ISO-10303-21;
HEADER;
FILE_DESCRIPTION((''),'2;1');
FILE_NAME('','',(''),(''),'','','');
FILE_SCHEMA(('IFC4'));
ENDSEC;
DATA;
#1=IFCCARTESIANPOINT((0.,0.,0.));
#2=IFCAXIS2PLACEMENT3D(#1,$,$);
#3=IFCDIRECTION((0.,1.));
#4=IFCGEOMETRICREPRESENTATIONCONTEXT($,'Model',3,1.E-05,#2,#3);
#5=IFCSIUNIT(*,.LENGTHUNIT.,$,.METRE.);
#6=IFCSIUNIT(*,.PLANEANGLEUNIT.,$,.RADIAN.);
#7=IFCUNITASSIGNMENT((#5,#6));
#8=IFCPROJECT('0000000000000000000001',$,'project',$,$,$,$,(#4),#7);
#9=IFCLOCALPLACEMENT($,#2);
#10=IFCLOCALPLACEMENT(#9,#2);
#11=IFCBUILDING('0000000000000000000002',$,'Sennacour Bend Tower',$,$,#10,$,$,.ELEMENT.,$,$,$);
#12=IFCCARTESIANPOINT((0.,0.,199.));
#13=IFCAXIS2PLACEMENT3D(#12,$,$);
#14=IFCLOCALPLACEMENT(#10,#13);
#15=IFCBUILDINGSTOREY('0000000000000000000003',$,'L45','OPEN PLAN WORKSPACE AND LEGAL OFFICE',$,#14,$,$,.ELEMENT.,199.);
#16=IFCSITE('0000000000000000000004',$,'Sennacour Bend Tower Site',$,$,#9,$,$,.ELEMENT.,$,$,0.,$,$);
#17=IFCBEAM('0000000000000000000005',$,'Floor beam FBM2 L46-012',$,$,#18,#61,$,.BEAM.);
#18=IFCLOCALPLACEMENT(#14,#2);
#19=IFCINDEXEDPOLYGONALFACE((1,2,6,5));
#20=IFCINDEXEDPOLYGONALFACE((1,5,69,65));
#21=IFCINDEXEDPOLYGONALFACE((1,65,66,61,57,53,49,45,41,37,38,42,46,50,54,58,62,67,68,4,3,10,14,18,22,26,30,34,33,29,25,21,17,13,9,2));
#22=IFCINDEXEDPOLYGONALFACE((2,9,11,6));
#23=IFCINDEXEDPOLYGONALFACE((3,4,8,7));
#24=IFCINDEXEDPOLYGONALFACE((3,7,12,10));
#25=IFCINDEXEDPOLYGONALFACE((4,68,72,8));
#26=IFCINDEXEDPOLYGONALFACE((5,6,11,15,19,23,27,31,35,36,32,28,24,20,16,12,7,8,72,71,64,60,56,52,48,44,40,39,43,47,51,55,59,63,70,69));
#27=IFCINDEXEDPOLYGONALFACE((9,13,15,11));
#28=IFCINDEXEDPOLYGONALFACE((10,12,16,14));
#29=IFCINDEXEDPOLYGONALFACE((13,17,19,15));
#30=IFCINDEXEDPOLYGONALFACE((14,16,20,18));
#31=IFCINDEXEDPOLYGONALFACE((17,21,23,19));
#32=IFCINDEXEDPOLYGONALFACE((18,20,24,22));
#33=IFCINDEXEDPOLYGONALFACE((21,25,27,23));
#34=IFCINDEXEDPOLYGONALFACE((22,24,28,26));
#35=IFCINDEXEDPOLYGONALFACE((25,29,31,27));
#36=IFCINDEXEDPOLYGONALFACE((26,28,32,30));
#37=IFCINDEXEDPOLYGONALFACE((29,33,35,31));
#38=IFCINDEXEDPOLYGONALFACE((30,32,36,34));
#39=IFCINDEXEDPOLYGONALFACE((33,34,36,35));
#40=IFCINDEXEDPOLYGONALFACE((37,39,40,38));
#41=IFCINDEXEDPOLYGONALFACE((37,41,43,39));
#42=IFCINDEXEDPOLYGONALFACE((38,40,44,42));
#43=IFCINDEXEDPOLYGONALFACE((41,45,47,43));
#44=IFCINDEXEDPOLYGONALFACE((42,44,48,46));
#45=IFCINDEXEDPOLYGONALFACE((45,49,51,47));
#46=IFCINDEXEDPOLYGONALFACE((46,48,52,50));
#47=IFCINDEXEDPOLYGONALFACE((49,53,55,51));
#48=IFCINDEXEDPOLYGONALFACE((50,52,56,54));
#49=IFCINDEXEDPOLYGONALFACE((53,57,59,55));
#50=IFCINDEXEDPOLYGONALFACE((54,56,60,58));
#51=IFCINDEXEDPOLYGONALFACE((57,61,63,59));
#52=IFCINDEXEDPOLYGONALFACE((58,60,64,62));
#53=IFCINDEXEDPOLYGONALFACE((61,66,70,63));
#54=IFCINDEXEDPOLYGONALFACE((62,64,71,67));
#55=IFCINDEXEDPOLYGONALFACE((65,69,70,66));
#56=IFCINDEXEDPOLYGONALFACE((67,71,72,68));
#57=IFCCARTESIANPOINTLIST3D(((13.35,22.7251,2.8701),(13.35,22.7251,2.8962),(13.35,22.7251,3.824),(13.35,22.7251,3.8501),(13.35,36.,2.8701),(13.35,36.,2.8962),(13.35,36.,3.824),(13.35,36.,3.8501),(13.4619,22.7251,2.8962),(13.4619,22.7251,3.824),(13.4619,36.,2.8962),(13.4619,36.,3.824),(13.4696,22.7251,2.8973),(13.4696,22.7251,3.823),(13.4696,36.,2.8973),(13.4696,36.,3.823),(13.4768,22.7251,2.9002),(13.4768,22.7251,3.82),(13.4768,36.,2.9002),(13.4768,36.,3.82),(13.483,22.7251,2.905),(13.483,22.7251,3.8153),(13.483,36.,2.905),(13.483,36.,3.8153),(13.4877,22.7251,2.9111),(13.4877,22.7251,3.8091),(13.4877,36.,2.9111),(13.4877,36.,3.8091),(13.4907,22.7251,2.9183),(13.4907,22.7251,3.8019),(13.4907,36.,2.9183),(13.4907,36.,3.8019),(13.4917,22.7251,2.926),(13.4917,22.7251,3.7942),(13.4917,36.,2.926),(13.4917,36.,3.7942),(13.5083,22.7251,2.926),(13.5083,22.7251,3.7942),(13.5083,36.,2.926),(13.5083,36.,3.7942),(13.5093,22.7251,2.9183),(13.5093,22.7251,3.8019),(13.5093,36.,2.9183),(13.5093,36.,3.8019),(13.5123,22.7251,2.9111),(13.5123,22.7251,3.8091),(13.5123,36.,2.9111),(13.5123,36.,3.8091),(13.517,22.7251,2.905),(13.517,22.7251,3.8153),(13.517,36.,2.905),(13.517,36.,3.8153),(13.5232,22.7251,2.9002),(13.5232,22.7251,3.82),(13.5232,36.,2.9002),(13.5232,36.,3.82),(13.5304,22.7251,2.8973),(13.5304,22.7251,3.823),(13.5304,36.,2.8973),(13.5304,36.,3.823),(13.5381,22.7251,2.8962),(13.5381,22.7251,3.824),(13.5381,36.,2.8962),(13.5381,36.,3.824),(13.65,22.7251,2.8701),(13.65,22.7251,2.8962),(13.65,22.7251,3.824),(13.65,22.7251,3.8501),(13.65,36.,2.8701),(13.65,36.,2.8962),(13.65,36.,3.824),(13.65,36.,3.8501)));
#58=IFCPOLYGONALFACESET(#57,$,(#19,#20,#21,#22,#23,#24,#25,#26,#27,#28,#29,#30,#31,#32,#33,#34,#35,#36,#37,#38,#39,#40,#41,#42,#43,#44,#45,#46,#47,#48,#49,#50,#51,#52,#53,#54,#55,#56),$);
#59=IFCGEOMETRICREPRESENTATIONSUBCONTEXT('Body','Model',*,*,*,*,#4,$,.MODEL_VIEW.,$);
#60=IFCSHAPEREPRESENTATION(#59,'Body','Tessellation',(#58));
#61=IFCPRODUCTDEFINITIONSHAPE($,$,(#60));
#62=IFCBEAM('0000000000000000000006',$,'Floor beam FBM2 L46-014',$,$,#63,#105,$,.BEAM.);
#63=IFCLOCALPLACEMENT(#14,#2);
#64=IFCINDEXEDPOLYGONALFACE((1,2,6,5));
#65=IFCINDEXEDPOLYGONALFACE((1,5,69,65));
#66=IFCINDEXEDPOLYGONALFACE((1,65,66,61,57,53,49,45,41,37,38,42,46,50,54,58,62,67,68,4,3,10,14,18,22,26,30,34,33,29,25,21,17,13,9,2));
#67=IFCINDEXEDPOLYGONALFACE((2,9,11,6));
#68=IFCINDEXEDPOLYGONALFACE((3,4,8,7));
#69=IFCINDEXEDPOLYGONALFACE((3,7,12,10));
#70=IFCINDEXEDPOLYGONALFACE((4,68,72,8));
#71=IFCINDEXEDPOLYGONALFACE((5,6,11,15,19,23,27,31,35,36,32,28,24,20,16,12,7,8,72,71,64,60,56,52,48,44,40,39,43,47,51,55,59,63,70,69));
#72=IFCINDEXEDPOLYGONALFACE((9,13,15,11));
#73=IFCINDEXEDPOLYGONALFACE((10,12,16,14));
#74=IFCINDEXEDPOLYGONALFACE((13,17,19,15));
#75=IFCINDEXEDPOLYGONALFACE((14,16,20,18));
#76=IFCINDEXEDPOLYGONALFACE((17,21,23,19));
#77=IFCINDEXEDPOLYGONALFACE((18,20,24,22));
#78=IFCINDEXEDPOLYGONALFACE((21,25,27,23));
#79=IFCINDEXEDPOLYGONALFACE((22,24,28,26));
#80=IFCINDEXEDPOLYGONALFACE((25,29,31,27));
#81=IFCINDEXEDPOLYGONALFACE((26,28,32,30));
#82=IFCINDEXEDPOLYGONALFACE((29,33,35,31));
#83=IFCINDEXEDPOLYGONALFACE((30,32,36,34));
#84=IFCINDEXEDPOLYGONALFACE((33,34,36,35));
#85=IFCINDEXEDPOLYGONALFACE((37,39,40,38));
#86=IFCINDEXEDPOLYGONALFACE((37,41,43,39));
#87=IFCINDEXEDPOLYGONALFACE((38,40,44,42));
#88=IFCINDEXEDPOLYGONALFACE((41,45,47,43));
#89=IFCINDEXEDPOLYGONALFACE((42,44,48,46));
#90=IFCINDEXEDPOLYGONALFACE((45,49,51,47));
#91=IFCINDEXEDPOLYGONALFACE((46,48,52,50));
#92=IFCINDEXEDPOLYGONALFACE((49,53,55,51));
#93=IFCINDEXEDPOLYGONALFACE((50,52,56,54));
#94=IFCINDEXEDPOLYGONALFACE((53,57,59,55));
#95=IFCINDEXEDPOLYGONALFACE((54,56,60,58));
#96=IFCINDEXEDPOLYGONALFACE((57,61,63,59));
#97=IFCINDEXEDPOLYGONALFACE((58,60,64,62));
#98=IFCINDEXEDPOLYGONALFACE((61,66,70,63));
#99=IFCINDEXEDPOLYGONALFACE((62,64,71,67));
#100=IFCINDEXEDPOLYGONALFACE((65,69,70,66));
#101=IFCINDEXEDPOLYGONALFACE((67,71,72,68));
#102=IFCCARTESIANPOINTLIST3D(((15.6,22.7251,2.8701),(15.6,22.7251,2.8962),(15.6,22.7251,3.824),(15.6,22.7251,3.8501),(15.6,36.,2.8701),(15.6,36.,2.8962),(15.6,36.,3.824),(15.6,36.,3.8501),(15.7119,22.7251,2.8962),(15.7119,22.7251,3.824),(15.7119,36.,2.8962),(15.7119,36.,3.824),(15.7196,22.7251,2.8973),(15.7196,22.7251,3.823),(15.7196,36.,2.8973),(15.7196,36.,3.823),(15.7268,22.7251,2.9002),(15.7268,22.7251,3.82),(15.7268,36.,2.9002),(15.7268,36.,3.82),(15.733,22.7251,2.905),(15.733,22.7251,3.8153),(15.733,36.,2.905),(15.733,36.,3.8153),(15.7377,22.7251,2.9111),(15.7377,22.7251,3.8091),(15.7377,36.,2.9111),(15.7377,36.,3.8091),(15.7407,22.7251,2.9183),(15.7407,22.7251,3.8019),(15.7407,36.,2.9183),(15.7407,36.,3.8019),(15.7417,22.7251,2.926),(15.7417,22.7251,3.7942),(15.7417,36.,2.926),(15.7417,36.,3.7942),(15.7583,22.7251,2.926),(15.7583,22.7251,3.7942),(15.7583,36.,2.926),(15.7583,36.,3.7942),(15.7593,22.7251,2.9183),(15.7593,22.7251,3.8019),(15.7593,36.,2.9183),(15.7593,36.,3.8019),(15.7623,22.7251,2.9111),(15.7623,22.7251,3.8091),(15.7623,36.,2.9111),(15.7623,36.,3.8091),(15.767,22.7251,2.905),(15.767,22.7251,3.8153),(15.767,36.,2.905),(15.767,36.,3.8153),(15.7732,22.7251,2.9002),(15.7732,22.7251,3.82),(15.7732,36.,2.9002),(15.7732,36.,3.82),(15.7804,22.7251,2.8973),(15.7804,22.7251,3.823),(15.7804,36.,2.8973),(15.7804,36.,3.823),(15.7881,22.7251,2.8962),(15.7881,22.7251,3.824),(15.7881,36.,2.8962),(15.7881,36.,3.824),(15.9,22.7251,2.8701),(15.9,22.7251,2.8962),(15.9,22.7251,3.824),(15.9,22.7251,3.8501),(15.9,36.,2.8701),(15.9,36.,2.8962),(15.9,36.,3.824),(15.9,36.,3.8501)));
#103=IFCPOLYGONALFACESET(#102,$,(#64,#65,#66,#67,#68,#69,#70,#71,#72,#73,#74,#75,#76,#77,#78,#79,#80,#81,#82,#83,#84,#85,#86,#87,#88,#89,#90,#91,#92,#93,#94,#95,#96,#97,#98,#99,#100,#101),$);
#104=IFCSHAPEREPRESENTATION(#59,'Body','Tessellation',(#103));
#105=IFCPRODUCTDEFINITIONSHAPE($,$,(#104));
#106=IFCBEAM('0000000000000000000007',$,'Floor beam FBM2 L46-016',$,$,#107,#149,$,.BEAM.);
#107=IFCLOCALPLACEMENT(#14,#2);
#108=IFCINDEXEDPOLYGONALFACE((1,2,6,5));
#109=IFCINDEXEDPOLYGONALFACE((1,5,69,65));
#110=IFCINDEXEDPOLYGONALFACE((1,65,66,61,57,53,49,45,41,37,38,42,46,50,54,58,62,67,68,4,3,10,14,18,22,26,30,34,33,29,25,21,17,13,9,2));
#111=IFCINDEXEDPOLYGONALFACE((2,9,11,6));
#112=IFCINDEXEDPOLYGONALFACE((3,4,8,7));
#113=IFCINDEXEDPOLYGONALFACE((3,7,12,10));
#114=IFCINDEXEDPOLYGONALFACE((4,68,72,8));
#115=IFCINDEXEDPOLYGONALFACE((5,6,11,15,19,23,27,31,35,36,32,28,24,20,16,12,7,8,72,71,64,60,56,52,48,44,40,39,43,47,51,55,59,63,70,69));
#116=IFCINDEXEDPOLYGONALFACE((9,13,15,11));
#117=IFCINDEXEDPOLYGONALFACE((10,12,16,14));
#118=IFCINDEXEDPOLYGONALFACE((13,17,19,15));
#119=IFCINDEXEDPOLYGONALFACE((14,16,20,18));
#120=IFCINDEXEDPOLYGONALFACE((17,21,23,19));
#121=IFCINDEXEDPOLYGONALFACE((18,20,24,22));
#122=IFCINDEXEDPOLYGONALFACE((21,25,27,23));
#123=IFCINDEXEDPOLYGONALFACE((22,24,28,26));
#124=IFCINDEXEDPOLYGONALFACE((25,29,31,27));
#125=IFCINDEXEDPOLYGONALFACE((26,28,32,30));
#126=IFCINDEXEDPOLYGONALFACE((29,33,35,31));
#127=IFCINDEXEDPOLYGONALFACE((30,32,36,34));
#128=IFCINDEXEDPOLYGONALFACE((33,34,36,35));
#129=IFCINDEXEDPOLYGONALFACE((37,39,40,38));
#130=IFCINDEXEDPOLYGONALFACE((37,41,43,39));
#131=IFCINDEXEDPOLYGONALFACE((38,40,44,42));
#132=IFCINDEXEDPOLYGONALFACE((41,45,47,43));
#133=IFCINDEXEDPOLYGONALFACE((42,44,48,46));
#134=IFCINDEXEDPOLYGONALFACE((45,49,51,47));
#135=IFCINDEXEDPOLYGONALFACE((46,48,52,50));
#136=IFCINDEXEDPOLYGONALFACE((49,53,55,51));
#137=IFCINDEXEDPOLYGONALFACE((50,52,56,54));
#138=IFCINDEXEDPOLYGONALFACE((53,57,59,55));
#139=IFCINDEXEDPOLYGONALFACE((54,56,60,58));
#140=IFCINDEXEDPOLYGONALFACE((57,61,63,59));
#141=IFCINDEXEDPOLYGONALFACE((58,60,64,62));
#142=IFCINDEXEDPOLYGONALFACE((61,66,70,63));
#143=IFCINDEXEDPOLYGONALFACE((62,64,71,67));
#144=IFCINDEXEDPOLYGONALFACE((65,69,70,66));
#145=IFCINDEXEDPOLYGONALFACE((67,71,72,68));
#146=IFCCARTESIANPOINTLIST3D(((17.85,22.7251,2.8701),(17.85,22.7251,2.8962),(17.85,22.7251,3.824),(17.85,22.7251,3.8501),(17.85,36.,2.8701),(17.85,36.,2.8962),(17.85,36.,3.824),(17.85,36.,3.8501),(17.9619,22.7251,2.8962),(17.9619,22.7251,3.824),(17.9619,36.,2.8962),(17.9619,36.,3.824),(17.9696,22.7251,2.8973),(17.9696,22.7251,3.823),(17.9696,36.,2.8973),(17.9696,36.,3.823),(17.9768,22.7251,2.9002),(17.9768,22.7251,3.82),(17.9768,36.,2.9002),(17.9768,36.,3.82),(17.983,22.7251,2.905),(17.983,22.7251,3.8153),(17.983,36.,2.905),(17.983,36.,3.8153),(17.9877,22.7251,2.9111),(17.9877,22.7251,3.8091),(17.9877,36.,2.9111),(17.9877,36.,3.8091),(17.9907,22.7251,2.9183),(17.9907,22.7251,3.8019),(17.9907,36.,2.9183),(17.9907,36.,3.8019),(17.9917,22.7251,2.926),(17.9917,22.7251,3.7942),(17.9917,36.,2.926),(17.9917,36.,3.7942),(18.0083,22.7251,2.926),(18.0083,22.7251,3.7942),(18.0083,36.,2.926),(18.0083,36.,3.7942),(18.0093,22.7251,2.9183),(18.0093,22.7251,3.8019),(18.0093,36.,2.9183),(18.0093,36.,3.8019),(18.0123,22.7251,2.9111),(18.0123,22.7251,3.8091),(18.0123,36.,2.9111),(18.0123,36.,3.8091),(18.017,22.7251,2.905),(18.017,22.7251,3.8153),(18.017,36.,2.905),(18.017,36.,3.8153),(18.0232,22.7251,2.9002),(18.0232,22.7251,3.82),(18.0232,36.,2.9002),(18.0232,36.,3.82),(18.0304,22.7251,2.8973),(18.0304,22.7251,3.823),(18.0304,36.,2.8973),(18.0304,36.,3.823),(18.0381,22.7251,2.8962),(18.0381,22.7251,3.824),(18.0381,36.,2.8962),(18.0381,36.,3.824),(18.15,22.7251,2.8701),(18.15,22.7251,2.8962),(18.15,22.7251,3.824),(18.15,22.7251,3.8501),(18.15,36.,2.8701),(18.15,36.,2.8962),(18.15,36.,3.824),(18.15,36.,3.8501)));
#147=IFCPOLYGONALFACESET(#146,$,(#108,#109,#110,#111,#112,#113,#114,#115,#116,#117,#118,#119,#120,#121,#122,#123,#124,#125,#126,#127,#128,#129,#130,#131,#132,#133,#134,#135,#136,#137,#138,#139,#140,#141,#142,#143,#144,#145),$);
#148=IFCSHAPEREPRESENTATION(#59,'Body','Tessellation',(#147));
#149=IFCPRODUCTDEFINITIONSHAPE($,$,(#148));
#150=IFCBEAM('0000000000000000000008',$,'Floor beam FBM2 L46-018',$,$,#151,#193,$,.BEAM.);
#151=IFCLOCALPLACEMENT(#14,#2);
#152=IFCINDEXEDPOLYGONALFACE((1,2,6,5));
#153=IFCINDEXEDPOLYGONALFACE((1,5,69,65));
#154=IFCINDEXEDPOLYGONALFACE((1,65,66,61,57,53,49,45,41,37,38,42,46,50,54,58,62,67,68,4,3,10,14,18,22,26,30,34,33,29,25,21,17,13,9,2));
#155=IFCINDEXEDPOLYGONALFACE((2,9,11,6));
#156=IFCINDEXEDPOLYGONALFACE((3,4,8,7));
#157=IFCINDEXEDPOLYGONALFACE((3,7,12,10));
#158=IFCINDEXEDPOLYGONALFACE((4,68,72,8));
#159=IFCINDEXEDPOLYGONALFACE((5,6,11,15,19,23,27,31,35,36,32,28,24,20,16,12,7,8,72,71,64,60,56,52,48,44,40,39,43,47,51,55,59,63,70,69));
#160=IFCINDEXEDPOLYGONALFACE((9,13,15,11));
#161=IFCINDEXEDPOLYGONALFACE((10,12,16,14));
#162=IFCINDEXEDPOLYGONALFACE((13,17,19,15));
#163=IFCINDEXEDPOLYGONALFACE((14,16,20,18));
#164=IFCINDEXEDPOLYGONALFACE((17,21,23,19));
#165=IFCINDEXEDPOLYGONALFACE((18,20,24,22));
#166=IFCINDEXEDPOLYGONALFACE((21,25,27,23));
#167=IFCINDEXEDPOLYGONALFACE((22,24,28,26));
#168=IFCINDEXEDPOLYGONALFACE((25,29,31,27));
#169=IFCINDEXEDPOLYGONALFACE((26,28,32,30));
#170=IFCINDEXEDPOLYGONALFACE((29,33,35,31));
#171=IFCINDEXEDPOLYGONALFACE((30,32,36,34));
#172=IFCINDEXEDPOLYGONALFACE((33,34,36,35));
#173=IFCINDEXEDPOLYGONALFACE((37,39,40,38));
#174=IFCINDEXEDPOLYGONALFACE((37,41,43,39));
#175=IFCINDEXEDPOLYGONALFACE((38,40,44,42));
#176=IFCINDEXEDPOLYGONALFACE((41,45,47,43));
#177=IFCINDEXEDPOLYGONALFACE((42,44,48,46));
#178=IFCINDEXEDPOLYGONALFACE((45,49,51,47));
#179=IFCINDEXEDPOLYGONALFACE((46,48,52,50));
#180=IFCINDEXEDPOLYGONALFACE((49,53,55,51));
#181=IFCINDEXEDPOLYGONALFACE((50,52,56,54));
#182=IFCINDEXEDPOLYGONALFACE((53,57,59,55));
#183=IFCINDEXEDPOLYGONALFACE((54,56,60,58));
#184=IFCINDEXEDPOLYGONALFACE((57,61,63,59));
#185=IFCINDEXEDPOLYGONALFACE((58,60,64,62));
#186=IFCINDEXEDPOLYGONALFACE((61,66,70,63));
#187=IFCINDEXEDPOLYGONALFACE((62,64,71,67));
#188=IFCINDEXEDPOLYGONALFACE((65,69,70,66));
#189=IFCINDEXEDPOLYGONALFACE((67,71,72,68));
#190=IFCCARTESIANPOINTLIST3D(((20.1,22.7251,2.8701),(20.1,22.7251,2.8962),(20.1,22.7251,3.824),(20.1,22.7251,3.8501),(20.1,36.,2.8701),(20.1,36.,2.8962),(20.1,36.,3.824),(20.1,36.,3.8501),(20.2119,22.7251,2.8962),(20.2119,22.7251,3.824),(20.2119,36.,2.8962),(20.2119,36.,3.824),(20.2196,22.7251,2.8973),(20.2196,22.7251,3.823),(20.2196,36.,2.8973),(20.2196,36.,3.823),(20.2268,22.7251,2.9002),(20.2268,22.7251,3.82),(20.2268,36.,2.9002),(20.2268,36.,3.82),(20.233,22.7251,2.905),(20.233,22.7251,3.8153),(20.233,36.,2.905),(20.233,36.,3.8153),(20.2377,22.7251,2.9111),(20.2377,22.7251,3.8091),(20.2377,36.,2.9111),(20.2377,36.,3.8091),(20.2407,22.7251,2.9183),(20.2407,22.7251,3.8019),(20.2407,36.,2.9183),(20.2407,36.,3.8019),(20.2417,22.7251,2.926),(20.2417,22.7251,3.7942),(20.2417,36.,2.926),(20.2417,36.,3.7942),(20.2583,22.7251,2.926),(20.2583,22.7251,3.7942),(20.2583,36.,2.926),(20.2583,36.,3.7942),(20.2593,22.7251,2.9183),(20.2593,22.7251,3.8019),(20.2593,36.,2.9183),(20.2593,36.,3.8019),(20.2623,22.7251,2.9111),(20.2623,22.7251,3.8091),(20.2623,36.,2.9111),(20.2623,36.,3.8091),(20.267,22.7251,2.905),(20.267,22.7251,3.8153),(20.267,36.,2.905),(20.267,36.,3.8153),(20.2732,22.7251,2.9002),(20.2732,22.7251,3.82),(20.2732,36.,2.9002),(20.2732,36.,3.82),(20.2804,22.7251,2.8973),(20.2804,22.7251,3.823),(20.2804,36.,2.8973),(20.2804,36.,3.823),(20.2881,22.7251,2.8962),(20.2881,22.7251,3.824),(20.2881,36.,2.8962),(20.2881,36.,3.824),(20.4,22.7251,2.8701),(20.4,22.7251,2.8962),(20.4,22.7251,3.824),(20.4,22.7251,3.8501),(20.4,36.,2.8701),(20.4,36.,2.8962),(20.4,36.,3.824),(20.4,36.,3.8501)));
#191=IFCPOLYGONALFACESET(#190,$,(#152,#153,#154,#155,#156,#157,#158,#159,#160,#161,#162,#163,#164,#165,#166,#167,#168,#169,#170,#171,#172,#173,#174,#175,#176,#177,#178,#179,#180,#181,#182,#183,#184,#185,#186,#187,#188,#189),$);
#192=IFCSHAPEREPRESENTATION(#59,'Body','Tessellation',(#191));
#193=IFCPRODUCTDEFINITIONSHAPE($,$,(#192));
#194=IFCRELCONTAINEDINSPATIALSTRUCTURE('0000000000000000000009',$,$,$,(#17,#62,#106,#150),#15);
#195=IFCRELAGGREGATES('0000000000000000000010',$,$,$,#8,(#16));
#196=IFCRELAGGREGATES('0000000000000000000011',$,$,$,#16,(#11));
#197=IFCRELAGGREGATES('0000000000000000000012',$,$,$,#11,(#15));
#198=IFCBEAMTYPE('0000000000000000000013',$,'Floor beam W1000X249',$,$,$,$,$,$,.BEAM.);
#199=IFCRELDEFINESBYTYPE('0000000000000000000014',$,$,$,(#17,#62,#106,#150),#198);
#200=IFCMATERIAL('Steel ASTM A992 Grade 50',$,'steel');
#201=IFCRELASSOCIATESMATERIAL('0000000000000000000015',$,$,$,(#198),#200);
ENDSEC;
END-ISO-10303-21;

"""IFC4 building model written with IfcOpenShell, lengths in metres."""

from ifc_helpers import new_model, si_unit, direction, frame, origin, origin_2d, place, context, subcontext, project, spatial, i_section, extrude, material, material_profile, profile_set, type_object, element, save


model = new_model("IFC4")

# Units and contexts
model_context = context("Model", 3, precision=1e-05, world=origin(), true_north=direction((0.0, 1.0)))
body_context = subcontext(model_context, "Body", "Model", "MODEL_VIEW")
ifc_project = project(units=[si_unit("LENGTHUNIT", "METRE"), si_unit("PLANEANGLEUNIT", "RADIAN")], contexts=[model_context])

# Site, building, storey
site_placement = place(None, origin())
site = spatial("IfcSite", under=ifc_project, at=site_placement, Name="Sennacour Bend Tower Site", CompositionType="ELEMENT", RefElevation=0.0)
building_placement = place(site_placement, origin())
building = spatial("IfcBuilding", under=site, at=building_placement, Name="Sennacour Bend Tower", CompositionType="ELEMENT")
storey_placement = place(building_placement, frame((0.0, 0.0, 199.0)))
storey = spatial("IfcBuildingStorey", under=building, at=storey_placement, Name="L45", Description="OPEN PLAN WORKSPACE AND LEGAL OFFICE", CompositionType="ELEMENT", Elevation=199.0)

# Beams
ifc_material_1 = material(Name="Steel ASTM A992 Grade 50", Category="steel")
ifc_material_profile_1 = material_profile(ifc_material_1, i_section(OverallWidth=0.3, OverallDepth=0.98, WebThickness=0.0166, FlangeThickness=0.0261, FilletRadius=0.0298, at=origin_2d()), Name="Steel ASTM A992 Grade 50", Category="steel")
ifc_profile_set_1 = profile_set([ifc_material_profile_1], Name="Steel ASTM A992 Grade 50")
beam_type_1 = type_object("IfcBeamType", Name="Floor beam W1000X249", PredefinedType="BEAM", material=ifc_profile_set_1)
for number, where, z_axis, x_axis, name in (
    (1, (13.5, 22.7251, 3.3601), (0.0, 1.0, 0.0), (-1.0, 0.0, 0.0), "Floor beam FBM2 L46-012"),
    (2, (15.75, 22.7251, 3.3601), (0.0, 1.0, 0.0), (-1.0, 0.0, 0.0), "Floor beam FBM2 L46-014"),
    (3, (18.0, 22.7251, 3.3601), (0.0, 1.0, 0.0), (-1.0, 0.0, 0.0), "Floor beam FBM2 L46-016"),
    (4, (20.25, 22.7251, 3.3601), (0.0, 1.0, 0.0), (-1.0, 0.0, 0.0), "Floor beam FBM2 L46-018"),
):
    element("IfcBeam", number, at=place(storey_placement, frame(where, z_axis=z_axis, x_axis=x_axis)), inside=storey, type_object=beam_type_1, Name=name, PredefinedType="BEAM", context=body_context, shape_type="SweptSolid", body=[
        extrude(i_section(OverallWidth=0.3, OverallDepth=0.98, WebThickness=0.0166, FlangeThickness=0.0261, FilletRadius=0.0298, at=origin_2d()), origin(), (0.0, 0.0, 1.0), 13.2749),
    ])

save(model, "model.ifc")
